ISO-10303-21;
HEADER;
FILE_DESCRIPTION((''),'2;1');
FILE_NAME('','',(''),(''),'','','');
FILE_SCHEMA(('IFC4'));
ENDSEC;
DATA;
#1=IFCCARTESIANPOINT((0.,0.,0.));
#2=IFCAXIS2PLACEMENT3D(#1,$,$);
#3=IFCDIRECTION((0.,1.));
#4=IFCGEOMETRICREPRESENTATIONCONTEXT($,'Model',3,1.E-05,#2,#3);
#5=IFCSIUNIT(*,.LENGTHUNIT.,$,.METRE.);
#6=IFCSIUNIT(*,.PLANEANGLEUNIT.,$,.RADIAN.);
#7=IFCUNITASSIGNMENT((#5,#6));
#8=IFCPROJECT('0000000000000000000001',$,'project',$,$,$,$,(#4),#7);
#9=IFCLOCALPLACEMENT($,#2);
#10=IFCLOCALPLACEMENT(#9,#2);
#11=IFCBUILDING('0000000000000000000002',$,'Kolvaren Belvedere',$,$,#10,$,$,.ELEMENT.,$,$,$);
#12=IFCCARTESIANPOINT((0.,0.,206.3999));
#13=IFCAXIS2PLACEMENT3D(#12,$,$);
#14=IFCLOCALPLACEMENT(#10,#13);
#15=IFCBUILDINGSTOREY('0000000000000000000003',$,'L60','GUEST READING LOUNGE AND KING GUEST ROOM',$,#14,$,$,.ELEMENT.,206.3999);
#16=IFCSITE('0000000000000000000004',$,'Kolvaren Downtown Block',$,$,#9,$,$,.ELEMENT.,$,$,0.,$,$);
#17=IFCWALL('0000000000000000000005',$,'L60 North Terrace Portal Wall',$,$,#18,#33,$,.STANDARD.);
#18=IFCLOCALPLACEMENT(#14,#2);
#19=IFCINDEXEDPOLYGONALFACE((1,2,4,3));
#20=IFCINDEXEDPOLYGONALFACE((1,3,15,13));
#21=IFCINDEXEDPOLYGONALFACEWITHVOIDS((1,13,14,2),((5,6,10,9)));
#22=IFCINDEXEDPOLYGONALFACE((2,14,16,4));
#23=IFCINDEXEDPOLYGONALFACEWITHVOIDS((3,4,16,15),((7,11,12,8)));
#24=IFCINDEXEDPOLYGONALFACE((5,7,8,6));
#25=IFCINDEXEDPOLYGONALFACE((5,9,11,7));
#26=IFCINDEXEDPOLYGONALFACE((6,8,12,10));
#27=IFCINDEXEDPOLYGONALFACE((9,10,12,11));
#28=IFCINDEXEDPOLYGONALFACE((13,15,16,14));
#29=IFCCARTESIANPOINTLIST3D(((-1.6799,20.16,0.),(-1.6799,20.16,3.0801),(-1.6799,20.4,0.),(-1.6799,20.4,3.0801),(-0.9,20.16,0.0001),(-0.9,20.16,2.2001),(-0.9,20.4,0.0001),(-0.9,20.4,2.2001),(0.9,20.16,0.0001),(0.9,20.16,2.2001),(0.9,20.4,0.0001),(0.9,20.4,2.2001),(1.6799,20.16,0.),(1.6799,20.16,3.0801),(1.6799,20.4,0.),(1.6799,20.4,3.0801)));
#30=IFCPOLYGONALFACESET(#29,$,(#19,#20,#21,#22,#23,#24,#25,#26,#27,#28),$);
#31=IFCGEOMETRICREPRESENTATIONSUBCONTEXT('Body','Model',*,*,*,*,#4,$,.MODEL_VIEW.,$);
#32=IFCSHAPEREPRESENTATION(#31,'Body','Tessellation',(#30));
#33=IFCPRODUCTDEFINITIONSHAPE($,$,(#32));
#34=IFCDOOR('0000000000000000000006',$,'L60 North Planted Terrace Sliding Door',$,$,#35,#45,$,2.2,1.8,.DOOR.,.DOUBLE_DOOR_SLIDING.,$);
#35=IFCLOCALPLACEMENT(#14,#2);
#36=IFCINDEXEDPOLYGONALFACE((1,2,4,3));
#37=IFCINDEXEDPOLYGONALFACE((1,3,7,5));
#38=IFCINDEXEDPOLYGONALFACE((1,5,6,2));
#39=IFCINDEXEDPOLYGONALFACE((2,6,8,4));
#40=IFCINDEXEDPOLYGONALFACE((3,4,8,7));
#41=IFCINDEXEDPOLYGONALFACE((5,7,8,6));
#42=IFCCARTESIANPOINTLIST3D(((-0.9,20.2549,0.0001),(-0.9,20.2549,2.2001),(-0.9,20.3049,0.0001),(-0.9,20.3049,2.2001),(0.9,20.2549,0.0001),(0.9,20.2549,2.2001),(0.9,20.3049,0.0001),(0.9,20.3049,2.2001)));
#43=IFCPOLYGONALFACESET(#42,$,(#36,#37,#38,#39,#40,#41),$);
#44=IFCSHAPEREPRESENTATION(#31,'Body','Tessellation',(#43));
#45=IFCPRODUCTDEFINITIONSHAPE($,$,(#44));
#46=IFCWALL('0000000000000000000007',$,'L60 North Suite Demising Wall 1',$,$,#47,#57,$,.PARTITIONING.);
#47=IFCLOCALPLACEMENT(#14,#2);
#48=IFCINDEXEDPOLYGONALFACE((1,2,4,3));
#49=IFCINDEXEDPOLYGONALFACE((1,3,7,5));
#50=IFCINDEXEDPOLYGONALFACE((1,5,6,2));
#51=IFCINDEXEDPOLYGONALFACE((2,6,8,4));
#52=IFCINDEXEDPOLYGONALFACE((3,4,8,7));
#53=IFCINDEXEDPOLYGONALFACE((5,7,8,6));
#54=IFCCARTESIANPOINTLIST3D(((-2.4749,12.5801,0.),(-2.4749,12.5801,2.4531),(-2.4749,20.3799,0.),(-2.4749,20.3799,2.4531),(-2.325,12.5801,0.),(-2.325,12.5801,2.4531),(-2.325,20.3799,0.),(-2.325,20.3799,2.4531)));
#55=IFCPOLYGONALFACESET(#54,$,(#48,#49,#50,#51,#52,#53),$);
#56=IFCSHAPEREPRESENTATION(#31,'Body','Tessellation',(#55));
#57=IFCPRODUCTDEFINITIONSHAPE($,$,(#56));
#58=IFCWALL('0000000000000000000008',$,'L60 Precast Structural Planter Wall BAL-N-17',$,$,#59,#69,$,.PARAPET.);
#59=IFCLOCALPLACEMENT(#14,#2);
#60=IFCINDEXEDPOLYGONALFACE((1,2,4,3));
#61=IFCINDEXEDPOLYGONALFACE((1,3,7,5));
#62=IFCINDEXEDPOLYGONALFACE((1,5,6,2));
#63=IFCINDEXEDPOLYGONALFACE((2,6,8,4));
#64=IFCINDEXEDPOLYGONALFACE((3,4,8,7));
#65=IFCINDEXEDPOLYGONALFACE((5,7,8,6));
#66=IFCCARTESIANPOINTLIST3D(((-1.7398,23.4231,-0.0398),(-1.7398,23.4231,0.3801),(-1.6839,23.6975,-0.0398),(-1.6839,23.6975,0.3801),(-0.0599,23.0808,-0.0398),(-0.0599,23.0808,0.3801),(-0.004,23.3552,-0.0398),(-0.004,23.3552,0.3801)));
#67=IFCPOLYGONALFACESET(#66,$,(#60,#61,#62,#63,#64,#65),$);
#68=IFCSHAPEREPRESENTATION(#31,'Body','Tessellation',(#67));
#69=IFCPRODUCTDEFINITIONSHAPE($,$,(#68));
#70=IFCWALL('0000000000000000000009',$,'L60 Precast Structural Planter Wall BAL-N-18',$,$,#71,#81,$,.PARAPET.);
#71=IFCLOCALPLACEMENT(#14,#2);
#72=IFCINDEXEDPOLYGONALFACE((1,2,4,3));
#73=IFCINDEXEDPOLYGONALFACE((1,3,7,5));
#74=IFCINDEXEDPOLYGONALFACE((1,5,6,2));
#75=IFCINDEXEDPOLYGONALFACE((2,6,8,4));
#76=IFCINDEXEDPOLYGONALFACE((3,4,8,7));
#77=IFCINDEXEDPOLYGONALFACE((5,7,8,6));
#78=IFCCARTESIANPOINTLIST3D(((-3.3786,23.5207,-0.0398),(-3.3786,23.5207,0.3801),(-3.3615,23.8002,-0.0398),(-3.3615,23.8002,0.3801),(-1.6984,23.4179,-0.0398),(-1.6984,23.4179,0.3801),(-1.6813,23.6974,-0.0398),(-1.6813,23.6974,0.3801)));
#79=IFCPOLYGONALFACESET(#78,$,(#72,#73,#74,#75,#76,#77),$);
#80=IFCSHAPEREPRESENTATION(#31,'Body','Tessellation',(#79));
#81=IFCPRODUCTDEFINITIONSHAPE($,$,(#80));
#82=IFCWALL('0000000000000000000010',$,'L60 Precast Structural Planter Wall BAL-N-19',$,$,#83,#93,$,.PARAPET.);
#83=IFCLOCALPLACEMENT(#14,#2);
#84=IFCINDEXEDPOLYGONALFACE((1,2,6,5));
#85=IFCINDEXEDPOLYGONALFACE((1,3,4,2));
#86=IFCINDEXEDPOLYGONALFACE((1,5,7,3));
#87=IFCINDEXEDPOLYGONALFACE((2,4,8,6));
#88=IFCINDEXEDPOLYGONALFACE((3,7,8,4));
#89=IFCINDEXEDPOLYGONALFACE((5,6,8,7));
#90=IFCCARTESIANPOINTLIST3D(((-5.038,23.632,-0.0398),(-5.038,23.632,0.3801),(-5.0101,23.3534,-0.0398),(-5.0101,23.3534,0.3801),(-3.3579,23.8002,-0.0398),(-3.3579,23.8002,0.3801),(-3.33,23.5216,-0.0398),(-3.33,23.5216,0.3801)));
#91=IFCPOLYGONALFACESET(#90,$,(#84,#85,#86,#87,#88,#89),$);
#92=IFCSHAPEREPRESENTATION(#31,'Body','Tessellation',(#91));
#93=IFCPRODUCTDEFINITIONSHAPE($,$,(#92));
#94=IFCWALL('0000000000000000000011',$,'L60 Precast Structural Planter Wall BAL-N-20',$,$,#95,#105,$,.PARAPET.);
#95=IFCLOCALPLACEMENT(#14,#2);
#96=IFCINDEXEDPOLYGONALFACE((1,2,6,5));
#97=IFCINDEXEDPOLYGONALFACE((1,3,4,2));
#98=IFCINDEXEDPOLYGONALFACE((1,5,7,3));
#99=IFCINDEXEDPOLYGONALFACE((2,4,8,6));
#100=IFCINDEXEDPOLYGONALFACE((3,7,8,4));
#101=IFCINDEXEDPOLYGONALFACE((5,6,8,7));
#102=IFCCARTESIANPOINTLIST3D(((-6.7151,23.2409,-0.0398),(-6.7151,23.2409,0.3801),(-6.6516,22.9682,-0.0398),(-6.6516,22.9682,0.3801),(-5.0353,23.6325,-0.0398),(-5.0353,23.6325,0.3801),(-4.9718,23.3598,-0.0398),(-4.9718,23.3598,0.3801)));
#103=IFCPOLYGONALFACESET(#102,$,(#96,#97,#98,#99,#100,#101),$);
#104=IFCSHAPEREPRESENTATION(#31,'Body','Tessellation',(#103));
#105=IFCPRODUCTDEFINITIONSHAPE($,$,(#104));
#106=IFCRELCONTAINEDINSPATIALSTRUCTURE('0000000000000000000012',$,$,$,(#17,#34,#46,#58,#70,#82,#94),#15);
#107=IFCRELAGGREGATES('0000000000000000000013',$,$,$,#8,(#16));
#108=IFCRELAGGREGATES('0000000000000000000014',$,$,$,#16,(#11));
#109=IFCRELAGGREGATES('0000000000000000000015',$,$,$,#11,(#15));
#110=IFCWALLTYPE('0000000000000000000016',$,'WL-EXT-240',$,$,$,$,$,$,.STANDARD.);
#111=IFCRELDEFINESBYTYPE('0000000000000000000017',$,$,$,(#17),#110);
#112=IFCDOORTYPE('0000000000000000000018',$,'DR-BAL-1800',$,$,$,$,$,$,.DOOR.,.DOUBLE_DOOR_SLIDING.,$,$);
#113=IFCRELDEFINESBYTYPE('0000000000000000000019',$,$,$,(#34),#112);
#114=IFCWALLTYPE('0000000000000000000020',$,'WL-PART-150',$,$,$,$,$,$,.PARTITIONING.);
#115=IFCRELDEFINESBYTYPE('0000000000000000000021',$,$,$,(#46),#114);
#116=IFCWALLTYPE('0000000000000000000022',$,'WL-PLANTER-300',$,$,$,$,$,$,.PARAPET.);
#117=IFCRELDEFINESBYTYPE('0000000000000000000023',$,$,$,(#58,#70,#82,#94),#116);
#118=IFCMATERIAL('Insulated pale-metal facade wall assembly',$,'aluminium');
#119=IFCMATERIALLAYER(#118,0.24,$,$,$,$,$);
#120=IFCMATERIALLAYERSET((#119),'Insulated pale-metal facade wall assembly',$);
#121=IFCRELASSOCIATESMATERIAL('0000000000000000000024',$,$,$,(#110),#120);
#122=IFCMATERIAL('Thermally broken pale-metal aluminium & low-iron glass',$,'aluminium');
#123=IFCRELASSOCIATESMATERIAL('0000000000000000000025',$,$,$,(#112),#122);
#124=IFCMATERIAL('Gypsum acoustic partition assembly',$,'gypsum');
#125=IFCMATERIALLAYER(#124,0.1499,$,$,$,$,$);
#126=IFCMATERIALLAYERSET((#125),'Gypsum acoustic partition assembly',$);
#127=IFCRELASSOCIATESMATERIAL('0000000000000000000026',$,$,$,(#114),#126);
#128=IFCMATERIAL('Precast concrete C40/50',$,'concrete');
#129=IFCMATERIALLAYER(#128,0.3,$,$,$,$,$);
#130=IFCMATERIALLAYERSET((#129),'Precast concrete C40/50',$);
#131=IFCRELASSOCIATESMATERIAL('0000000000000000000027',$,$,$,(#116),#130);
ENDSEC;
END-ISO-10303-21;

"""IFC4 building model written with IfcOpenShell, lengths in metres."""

from ifc_helpers import new_model, si_unit, direction, frame, frame_2d, origin, place, context, subcontext, project, spatial, rectangle, extrude, material, layer, layer_set, type_object, element, fill, save


model = new_model("IFC4")

# Units and contexts
model_context = context("Model", 3, precision=1e-05, world=origin(), true_north=direction((0.0, 1.0)))
body_context = subcontext(model_context, "Body", "Model", "MODEL_VIEW")
ifc_project = project(units=[si_unit("LENGTHUNIT", "METRE"), si_unit("PLANEANGLEUNIT", "RADIAN")], contexts=[model_context])

# Site, building, storey
site_placement = place(None, origin())
site = spatial("IfcSite", under=ifc_project, at=site_placement, Name="Kolvaren Downtown Block", CompositionType="ELEMENT", RefElevation=0.0)
building_placement = place(site_placement, origin())
building = spatial("IfcBuilding", under=site, at=building_placement, Name="Kolvaren Belvedere", CompositionType="ELEMENT")
storey_placement = place(building_placement, frame((0.0, 0.0, 206.3999)))
storey = spatial("IfcBuildingStorey", under=building, at=storey_placement, Name="L60", Description="GUEST READING LOUNGE AND KING GUEST ROOM", CompositionType="ELEMENT", Elevation=206.3999)

# Wall, opening, door
ifc_material_1 = material(Name="Insulated pale-metal facade wall assembly", Category="aluminium")
ifc_layer_1 = layer(ifc_material_1, 0.24)
ifc_layer_set_1 = layer_set([ifc_layer_1], Name="Insulated pale-metal facade wall assembly")
wall_type_1 = type_object("IfcWallType", Name="WL-EXT-240", PredefinedType="STANDARD", material=ifc_layer_set_1)
wall_1_placement = place(storey_placement, frame((-1.6799, 20.28, 0.0), z_axis=(0.0, 0.0, 1.0), x_axis=(1.0, 0.0, 0.0)))
wall_1 = element("IfcWall", 1, at=wall_1_placement, inside=storey, type_object=wall_type_1, Name="L60 North Terrace Portal Wall", PredefinedType="STANDARD", context=body_context, shape_type="SweptSolid", body=[
    extrude(rectangle(XDim=3.3599, YDim=0.24, at=frame_2d((1.6799, 0.0))), origin(), (0.0, 0.0, 1.0), 3.0801),
])
opening_placement = place(wall_1_placement, frame((0.78, 0.0, 0.0)))
opening = element("IfcOpeningElement", 2, at=opening_placement, cuts=wall_1, PredefinedType="OPENING", context=body_context, shape_type="SweptSolid", body=[
    extrude(rectangle(XDim=1.8, YDim=2.2, at=frame_2d((0.8999, 1.1001))), frame((0.0, 0.1299, 0.0), z_axis=(0.0, -1.0, 0.0), x_axis=(1.0, 0.0, 0.0)), (0.0, 0.0, 1.0), 0.26),
])
ifc_material_2 = material(Name="Thermally broken pale-metal aluminium & low-iron glass", Category="aluminium")
door_type = type_object("IfcDoorType", Name="DR-BAL-1800", OperationType="DOUBLE_DOOR_SLIDING", PredefinedType="DOOR", material=ifc_material_2)
door_placement = place(opening_placement, origin())
door = element("IfcDoor", 3, at=door_placement, inside=storey, type_object=door_type, Name="L60 North Planted Terrace Sliding Door", OperationType="DOUBLE_DOOR_SLIDING", OverallHeight=2.2, OverallWidth=1.8, PredefinedType="DOOR", context=body_context, shape_type="SweptSolid", body=[
    extrude(rectangle(XDim=1.8, YDim=2.2, at=frame_2d((0.8999, 1.1001))), frame((0.0, 0.0249, 0.0), z_axis=(0.0, -1.0, 0.0), x_axis=(1.0, 0.0, 0.0)), (0.0, 0.0, 1.0), 0.05),
])
fill(opening, door)

# Walls
ifc_material_3 = material(Name="Gypsum acoustic partition assembly", Category="gypsum")
ifc_layer_2 = layer(ifc_material_3, 0.1499)
ifc_layer_set_2 = layer_set([ifc_layer_2], Name="Gypsum acoustic partition assembly")
wall_type_2 = type_object("IfcWallType", Name="WL-PART-150", PredefinedType="PARTITIONING", material=ifc_layer_set_2)
wall_2_placement = place(storey_placement, frame((-2.3999, 12.5801, 0.0), z_axis=(0.0, 0.0, 1.0), x_axis=(0.0, 1.0, 0.0)))
element("IfcWall", 4, at=wall_2_placement, inside=storey, type_object=wall_type_2, Name="L60 North Suite Demising Wall 1", PredefinedType="PARTITIONING", context=body_context, shape_type="SweptSolid", body=[
    extrude(rectangle(XDim=7.7998, YDim=0.1499, at=frame_2d((3.8999, 0.0))), origin(), (0.0, 0.0, 1.0), 2.4531),
])
ifc_material_4 = material(Name="Precast concrete C40/50", Category="concrete")
ifc_layer_3 = layer(ifc_material_4, 0.3)
ifc_layer_set_3 = layer_set([ifc_layer_3], Name="Precast concrete C40/50")
wall_type_3 = type_object("IfcWallType", Name="WL-PLANTER-300", PredefinedType="PARAPET", material=ifc_layer_set_3)
wall_3_placement = place(storey_placement, frame((-0.032, 23.218, -0.0398), z_axis=(0.0, 0.0, 1.0), x_axis=(-0.979868, 0.199648, 0.0)))
element("IfcWall", 5, at=wall_3_placement, inside=storey, type_object=wall_type_3, Name="L60 Precast Structural Planter Wall BAL-N-17", PredefinedType="PARAPET", context=body_context, shape_type="SweptSolid", body=[
    extrude(rectangle(XDim=1.7144, YDim=0.28, at=frame_2d((0.8572, 0.0))), origin(), (0.0, 0.0, 1.0), 0.4199),
])
wall_4_placement = place(storey_placement, frame((-1.6897, 23.5576, -0.0398), z_axis=(0.0, 0.0, 1.0), x_axis=(-0.998134, 0.06106, 0.0)))
element("IfcWall", 6, at=wall_4_placement, inside=storey, type_object=wall_type_3, Name="L60 Precast Structural Planter Wall BAL-N-18", PredefinedType="PARAPET", context=body_context, shape_type="SweptSolid", body=[
    extrude(rectangle(XDim=1.6833, YDim=0.28, at=frame_2d((0.8418, 0.0))), origin(), (0.0, 0.0, 1.0), 0.4199),
])
wall_5_placement = place(storey_placement, frame((-3.344, 23.6609, -0.0398), z_axis=(0.0, 0.0, 1.0), x_axis=(-0.995026, -0.099618, 0.0)))
element("IfcWall", 7, at=wall_5_placement, inside=storey, type_object=wall_type_3, Name="L60 Precast Structural Planter Wall BAL-N-19", PredefinedType="PARAPET", context=body_context, shape_type="SweptSolid", body=[
    extrude(rectangle(XDim=1.6885, YDim=0.28, at=frame_2d((0.8442, 0.0))), origin(), (0.0, 0.0, 1.0), 0.4199),
])
wall_6_placement = place(storey_placement, frame((-5.0037, 23.4961, -0.0398), z_axis=(0.0, 0.0, 1.0), x_axis=(-0.97389, -0.227019, 0.0)))
element("IfcWall", 8, at=wall_6_placement, inside=storey, type_object=wall_type_3, Name="L60 Precast Structural Planter Wall BAL-N-20", PredefinedType="PARAPET", context=body_context, shape_type="SweptSolid", body=[
    extrude(rectangle(XDim=1.7249, YDim=0.28, at=frame_2d((0.8623, 0.0))), origin(), (0.0, 0.0, 1.0), 0.4199),
])

save(model, "model.ifc")
